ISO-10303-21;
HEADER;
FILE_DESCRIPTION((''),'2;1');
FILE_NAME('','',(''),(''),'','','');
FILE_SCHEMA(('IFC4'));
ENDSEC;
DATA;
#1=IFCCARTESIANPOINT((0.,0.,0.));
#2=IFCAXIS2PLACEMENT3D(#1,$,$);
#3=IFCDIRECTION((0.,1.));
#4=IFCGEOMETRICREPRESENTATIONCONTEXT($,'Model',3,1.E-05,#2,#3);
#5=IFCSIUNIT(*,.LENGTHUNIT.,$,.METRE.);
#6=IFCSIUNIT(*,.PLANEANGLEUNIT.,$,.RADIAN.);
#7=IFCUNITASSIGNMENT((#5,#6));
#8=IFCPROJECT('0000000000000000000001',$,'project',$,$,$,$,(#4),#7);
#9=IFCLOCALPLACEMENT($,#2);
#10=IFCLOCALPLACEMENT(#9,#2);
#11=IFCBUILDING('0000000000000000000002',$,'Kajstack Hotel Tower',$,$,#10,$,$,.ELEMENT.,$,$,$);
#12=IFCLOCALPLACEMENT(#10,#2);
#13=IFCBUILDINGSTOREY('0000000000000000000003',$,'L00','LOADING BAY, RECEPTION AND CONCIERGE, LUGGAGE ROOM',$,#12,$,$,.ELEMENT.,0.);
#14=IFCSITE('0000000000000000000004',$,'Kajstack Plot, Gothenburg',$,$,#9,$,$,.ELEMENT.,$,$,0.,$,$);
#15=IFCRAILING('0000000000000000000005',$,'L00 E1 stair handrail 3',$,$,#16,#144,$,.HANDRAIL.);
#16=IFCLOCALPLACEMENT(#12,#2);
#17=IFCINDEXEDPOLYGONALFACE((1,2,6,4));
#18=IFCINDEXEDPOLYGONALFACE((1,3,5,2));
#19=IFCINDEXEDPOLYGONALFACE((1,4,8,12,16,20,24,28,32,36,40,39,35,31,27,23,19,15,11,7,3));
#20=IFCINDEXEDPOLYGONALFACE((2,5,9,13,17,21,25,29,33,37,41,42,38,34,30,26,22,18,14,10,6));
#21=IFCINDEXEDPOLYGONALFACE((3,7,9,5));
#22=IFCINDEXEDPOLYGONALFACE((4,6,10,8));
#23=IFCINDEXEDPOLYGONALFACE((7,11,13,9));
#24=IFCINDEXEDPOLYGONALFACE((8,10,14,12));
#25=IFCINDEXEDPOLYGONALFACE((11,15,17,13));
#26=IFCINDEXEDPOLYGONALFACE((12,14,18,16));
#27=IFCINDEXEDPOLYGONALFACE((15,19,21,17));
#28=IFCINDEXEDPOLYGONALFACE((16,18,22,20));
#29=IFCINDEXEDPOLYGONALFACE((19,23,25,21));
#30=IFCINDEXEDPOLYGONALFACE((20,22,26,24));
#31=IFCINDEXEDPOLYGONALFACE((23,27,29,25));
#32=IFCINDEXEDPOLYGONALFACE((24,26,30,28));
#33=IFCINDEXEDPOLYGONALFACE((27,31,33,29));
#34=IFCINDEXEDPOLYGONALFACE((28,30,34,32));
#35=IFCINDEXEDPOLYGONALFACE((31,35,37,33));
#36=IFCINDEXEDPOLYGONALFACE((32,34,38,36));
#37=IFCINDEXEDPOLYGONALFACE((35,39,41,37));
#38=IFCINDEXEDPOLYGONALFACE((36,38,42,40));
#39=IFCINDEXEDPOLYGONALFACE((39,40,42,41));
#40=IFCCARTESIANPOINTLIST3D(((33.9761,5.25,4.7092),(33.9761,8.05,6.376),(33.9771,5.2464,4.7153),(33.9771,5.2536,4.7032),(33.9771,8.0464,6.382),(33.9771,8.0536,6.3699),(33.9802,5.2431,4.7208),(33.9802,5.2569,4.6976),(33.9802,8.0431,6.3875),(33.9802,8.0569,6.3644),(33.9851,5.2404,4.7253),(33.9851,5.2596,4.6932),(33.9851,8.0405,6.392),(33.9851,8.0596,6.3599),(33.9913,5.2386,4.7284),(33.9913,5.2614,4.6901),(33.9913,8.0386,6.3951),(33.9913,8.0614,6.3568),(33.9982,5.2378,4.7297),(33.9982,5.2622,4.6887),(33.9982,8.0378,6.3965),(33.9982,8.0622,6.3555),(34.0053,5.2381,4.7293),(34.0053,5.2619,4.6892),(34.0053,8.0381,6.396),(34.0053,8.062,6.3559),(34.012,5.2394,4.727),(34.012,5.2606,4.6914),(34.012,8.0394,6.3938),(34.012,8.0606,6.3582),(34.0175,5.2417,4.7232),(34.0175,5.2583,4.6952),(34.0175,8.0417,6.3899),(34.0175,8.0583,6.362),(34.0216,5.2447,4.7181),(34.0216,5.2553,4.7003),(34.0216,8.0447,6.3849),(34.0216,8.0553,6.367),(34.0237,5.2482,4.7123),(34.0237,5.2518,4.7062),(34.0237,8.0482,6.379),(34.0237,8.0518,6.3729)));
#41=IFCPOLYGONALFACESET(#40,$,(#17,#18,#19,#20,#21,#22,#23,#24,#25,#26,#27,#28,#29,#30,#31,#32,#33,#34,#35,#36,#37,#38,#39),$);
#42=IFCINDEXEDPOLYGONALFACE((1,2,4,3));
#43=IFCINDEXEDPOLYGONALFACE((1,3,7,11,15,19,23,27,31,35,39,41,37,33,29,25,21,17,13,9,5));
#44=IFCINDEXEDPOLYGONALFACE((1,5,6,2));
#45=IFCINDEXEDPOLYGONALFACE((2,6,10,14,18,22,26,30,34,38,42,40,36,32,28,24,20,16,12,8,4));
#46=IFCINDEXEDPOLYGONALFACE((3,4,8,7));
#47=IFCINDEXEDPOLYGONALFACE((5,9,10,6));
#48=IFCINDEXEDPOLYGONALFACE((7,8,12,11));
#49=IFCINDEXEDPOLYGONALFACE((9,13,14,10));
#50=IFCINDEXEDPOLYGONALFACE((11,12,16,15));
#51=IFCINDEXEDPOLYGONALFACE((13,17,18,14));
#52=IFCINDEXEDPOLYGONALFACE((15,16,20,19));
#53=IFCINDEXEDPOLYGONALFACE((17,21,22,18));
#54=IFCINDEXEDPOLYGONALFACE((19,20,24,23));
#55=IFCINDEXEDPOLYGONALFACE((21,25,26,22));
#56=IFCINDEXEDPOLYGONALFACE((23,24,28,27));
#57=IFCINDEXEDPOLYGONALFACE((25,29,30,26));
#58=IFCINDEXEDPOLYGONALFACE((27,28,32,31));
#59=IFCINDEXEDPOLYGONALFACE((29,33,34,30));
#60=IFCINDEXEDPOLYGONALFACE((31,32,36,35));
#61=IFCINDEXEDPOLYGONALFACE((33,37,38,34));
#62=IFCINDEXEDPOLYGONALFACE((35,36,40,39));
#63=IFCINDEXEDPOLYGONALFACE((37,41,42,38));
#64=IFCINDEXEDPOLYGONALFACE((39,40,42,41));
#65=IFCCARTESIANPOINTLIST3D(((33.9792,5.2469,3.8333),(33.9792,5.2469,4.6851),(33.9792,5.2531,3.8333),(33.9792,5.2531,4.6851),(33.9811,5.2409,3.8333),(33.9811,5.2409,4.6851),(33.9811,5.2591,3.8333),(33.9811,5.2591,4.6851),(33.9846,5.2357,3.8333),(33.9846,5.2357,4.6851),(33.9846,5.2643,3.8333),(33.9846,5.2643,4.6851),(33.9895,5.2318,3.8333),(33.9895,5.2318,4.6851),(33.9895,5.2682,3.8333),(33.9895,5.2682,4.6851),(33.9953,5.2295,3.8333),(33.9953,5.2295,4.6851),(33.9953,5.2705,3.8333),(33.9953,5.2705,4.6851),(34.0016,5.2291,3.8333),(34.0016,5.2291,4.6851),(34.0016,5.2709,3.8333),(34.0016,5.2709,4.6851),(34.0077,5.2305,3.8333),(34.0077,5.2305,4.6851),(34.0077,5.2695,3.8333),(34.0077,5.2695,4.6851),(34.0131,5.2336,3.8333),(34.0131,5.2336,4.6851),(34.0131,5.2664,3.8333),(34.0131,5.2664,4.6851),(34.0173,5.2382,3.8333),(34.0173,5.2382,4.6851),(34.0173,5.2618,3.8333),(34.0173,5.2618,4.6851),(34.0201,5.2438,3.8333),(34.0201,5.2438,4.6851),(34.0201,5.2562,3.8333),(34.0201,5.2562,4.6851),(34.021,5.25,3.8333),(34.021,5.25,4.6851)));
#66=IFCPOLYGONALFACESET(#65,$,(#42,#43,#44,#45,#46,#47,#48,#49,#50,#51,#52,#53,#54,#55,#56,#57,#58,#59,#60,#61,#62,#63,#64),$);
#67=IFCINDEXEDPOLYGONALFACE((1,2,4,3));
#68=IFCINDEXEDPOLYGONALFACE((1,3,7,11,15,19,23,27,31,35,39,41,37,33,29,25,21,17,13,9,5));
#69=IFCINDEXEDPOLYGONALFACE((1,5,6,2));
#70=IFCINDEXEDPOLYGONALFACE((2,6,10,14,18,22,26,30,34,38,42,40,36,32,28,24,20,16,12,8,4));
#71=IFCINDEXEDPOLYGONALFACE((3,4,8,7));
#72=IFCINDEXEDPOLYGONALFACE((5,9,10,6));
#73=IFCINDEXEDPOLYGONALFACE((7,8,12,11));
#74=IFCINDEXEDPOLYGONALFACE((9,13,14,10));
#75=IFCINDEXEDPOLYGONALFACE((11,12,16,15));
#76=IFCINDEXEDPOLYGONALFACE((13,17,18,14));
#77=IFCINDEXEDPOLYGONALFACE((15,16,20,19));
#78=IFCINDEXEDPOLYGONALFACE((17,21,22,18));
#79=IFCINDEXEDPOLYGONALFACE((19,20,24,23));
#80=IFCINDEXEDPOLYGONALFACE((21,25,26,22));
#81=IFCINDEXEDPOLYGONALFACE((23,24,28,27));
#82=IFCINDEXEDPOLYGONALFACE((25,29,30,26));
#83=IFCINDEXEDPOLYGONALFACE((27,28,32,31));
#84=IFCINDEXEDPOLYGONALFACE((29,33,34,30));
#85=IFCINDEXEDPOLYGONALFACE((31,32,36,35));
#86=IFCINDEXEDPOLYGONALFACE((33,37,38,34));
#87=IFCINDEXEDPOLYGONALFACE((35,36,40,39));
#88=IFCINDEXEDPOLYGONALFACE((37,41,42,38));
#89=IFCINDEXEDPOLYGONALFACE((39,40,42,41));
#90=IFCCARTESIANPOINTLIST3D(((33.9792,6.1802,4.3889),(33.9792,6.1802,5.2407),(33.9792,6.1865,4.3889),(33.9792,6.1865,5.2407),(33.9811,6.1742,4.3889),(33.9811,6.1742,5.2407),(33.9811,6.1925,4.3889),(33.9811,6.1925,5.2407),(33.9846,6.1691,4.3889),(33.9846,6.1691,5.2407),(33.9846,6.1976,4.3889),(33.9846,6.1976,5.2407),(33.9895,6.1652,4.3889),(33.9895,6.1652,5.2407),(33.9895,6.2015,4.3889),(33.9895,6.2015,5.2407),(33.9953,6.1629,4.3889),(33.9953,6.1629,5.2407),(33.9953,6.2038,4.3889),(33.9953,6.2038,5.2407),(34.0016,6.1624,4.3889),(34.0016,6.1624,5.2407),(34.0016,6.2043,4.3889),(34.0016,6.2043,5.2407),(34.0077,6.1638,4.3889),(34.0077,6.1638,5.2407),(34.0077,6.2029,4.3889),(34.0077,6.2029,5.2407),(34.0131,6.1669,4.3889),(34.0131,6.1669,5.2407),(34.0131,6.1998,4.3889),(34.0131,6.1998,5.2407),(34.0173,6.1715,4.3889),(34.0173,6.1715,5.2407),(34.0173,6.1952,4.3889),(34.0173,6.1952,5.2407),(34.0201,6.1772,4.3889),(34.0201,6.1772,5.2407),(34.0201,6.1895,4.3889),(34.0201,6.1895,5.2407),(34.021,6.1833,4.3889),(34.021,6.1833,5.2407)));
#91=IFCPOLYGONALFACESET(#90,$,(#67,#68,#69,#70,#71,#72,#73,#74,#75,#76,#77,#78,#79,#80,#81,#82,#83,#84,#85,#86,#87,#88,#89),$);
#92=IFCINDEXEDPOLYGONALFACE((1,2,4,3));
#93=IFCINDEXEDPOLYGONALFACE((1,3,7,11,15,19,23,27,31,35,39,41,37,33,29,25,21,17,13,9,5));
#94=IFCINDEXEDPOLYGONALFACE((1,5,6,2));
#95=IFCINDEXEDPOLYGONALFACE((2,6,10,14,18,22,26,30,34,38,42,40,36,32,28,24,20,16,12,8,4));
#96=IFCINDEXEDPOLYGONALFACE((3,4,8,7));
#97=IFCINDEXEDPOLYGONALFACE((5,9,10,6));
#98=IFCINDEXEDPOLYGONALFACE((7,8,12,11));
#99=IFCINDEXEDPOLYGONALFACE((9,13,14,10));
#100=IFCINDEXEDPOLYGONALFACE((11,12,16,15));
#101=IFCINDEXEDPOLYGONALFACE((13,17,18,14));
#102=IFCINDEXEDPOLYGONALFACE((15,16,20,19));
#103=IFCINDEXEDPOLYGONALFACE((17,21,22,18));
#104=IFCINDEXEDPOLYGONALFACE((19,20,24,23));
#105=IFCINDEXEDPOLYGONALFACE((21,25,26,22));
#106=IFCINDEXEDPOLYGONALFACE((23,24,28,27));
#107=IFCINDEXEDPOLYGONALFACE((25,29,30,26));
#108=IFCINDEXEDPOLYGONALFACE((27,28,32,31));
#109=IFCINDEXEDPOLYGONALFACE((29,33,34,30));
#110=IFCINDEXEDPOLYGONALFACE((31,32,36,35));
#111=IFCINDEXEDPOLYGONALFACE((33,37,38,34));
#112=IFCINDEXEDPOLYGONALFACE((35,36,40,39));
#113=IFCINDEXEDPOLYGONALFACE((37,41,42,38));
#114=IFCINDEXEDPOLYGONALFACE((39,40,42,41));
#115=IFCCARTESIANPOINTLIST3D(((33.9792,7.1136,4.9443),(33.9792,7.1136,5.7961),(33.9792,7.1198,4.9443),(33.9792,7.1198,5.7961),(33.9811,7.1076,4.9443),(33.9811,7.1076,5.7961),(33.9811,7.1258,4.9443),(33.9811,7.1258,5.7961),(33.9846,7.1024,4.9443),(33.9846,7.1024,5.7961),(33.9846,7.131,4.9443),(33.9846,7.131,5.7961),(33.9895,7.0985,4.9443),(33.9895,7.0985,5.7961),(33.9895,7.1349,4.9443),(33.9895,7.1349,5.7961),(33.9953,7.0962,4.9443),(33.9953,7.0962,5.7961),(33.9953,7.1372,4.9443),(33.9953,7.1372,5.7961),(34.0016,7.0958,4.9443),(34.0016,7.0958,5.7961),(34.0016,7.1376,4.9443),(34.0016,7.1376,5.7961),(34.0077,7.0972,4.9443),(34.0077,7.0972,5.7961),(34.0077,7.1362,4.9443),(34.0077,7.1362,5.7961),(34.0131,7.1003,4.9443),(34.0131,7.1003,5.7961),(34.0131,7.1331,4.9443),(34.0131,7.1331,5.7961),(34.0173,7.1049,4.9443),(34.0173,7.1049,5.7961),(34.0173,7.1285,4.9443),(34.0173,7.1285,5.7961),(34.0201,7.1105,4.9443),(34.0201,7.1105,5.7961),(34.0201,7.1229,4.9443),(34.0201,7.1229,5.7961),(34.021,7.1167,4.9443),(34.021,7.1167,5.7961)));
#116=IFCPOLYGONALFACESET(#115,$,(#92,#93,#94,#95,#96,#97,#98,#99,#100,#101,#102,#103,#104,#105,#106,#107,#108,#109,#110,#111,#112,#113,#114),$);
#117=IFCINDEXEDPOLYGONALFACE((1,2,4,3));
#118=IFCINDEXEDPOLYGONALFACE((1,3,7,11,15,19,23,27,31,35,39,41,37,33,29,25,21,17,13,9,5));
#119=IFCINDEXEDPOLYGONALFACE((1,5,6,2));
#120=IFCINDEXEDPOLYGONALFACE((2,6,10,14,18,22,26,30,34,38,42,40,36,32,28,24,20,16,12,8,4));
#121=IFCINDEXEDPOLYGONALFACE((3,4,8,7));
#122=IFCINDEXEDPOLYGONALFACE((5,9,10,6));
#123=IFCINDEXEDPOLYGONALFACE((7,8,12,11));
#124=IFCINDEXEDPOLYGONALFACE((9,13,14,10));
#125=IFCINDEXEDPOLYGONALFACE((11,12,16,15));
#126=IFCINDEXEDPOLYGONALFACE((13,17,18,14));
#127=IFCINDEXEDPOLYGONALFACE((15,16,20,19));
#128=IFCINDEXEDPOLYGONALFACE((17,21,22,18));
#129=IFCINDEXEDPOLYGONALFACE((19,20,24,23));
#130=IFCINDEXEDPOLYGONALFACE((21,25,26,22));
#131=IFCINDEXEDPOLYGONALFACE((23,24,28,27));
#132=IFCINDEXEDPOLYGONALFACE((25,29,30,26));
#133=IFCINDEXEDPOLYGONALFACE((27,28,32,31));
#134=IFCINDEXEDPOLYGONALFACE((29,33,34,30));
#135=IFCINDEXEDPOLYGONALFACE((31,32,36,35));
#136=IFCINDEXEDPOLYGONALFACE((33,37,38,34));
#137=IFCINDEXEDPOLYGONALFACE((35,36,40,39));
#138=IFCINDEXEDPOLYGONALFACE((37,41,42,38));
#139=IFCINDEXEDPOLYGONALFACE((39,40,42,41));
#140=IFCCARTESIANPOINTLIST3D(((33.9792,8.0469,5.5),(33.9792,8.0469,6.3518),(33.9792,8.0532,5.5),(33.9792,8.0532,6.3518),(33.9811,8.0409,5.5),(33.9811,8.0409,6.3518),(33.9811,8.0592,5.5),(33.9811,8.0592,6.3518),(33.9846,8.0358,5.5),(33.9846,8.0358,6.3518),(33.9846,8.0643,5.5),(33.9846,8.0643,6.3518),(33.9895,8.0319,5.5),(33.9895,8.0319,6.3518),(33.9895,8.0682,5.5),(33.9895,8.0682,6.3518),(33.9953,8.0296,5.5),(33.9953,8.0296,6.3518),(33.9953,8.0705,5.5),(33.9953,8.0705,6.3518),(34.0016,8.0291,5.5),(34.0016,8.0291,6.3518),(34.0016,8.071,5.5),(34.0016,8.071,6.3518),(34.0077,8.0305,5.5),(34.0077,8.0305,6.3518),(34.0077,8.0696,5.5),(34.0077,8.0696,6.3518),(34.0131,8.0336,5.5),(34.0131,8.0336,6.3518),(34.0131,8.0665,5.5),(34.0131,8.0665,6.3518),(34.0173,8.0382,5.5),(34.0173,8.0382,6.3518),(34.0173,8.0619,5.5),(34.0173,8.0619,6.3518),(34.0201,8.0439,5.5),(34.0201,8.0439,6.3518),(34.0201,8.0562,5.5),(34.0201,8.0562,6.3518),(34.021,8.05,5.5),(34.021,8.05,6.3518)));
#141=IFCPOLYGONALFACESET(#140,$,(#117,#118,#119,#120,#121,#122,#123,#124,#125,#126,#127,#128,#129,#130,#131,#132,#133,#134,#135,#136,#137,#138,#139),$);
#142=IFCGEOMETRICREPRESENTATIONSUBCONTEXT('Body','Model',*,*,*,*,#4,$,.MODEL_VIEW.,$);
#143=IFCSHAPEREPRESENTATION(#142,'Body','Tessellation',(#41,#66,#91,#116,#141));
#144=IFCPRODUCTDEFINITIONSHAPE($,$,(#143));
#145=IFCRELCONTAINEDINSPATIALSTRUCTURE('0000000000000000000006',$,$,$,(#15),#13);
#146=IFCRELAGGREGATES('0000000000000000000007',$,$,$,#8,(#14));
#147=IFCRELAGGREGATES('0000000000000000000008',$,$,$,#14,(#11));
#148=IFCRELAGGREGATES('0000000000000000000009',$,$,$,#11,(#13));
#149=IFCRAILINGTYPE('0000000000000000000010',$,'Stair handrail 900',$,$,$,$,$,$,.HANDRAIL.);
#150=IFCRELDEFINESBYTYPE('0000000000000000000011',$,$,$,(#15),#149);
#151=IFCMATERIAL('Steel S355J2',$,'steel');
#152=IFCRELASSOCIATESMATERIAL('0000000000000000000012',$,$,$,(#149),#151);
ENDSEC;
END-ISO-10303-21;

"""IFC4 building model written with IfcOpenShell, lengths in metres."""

from ifc_helpers import new_model, si_unit, direction, frame, origin, origin_2d, place, context, subcontext, project, spatial, circle, extrude, material, type_object, element, save


model = new_model("IFC4")

# Units and contexts
model_context = context("Model", 3, precision=1e-05, world=origin(), true_north=direction((0.0, 1.0)))
body_context = subcontext(model_context, "Body", "Model", "MODEL_VIEW")
ifc_project = project(units=[si_unit("LENGTHUNIT", "METRE"), si_unit("PLANEANGLEUNIT", "RADIAN")], contexts=[model_context])

# Site, building, storey
site_placement = place(None, origin())
site = spatial("IfcSite", under=ifc_project, at=site_placement, Name="Kajstack Plot, Gothenburg", CompositionType="ELEMENT", RefElevation=0.0)
building_placement = place(site_placement, origin())
building = spatial("IfcBuilding", under=site, at=building_placement, Name="Kajstack Hotel Tower", CompositionType="ELEMENT")
storey_placement = place(building_placement, origin())
storey = spatial("IfcBuildingStorey", under=building, at=storey_placement, Name="L00", Description="LOADING BAY, RECEPTION AND CONCIERGE, LUGGAGE ROOM", CompositionType="ELEMENT", Elevation=0.0)

# Railing
ifc_material_1 = material(Name="Steel S355J2", Category="steel")
railing_type_1 = type_object("IfcRailingType", Name="Stair handrail 900", PredefinedType="HANDRAIL", material=ifc_material_1)
railing_1_placement = place(storey_placement, frame((34.0, 5.25, 3.8333)))
element("IfcRailing", 1, at=railing_1_placement, inside=storey, type_object=railing_type_1, Name="L00 E1 stair handrail 3", PredefinedType="HANDRAIL", context=body_context, shape_type="SweptSolid", body=[
    extrude(circle(Radius=0.0239, at=origin_2d()), frame((0.0, 0.0, 0.876), z_axis=(0.0, 0.859286, 0.511496), x_axis=(-1.0, 0.0, 0.0)), (0.0, 0.0, 1.0), 3.2585),
    extrude(circle(Radius=0.021, at=origin_2d()), origin(), (0.0, 0.0, 1.0), 0.8518),
    extrude(circle(Radius=0.021, at=origin_2d()), frame((0.0, 0.9333, 0.5557)), (0.0, 0.0, 1.0), 0.8518),
    extrude(circle(Radius=0.021, at=origin_2d()), frame((0.0, 1.8667, 1.1111)), (0.0, 0.0, 1.0), 0.8518),
    extrude(circle(Radius=0.021, at=origin_2d()), frame((0.0, 2.8, 1.6667)), (0.0, 0.0, 1.0), 0.8518),
])

save(model, "model.ifc")
